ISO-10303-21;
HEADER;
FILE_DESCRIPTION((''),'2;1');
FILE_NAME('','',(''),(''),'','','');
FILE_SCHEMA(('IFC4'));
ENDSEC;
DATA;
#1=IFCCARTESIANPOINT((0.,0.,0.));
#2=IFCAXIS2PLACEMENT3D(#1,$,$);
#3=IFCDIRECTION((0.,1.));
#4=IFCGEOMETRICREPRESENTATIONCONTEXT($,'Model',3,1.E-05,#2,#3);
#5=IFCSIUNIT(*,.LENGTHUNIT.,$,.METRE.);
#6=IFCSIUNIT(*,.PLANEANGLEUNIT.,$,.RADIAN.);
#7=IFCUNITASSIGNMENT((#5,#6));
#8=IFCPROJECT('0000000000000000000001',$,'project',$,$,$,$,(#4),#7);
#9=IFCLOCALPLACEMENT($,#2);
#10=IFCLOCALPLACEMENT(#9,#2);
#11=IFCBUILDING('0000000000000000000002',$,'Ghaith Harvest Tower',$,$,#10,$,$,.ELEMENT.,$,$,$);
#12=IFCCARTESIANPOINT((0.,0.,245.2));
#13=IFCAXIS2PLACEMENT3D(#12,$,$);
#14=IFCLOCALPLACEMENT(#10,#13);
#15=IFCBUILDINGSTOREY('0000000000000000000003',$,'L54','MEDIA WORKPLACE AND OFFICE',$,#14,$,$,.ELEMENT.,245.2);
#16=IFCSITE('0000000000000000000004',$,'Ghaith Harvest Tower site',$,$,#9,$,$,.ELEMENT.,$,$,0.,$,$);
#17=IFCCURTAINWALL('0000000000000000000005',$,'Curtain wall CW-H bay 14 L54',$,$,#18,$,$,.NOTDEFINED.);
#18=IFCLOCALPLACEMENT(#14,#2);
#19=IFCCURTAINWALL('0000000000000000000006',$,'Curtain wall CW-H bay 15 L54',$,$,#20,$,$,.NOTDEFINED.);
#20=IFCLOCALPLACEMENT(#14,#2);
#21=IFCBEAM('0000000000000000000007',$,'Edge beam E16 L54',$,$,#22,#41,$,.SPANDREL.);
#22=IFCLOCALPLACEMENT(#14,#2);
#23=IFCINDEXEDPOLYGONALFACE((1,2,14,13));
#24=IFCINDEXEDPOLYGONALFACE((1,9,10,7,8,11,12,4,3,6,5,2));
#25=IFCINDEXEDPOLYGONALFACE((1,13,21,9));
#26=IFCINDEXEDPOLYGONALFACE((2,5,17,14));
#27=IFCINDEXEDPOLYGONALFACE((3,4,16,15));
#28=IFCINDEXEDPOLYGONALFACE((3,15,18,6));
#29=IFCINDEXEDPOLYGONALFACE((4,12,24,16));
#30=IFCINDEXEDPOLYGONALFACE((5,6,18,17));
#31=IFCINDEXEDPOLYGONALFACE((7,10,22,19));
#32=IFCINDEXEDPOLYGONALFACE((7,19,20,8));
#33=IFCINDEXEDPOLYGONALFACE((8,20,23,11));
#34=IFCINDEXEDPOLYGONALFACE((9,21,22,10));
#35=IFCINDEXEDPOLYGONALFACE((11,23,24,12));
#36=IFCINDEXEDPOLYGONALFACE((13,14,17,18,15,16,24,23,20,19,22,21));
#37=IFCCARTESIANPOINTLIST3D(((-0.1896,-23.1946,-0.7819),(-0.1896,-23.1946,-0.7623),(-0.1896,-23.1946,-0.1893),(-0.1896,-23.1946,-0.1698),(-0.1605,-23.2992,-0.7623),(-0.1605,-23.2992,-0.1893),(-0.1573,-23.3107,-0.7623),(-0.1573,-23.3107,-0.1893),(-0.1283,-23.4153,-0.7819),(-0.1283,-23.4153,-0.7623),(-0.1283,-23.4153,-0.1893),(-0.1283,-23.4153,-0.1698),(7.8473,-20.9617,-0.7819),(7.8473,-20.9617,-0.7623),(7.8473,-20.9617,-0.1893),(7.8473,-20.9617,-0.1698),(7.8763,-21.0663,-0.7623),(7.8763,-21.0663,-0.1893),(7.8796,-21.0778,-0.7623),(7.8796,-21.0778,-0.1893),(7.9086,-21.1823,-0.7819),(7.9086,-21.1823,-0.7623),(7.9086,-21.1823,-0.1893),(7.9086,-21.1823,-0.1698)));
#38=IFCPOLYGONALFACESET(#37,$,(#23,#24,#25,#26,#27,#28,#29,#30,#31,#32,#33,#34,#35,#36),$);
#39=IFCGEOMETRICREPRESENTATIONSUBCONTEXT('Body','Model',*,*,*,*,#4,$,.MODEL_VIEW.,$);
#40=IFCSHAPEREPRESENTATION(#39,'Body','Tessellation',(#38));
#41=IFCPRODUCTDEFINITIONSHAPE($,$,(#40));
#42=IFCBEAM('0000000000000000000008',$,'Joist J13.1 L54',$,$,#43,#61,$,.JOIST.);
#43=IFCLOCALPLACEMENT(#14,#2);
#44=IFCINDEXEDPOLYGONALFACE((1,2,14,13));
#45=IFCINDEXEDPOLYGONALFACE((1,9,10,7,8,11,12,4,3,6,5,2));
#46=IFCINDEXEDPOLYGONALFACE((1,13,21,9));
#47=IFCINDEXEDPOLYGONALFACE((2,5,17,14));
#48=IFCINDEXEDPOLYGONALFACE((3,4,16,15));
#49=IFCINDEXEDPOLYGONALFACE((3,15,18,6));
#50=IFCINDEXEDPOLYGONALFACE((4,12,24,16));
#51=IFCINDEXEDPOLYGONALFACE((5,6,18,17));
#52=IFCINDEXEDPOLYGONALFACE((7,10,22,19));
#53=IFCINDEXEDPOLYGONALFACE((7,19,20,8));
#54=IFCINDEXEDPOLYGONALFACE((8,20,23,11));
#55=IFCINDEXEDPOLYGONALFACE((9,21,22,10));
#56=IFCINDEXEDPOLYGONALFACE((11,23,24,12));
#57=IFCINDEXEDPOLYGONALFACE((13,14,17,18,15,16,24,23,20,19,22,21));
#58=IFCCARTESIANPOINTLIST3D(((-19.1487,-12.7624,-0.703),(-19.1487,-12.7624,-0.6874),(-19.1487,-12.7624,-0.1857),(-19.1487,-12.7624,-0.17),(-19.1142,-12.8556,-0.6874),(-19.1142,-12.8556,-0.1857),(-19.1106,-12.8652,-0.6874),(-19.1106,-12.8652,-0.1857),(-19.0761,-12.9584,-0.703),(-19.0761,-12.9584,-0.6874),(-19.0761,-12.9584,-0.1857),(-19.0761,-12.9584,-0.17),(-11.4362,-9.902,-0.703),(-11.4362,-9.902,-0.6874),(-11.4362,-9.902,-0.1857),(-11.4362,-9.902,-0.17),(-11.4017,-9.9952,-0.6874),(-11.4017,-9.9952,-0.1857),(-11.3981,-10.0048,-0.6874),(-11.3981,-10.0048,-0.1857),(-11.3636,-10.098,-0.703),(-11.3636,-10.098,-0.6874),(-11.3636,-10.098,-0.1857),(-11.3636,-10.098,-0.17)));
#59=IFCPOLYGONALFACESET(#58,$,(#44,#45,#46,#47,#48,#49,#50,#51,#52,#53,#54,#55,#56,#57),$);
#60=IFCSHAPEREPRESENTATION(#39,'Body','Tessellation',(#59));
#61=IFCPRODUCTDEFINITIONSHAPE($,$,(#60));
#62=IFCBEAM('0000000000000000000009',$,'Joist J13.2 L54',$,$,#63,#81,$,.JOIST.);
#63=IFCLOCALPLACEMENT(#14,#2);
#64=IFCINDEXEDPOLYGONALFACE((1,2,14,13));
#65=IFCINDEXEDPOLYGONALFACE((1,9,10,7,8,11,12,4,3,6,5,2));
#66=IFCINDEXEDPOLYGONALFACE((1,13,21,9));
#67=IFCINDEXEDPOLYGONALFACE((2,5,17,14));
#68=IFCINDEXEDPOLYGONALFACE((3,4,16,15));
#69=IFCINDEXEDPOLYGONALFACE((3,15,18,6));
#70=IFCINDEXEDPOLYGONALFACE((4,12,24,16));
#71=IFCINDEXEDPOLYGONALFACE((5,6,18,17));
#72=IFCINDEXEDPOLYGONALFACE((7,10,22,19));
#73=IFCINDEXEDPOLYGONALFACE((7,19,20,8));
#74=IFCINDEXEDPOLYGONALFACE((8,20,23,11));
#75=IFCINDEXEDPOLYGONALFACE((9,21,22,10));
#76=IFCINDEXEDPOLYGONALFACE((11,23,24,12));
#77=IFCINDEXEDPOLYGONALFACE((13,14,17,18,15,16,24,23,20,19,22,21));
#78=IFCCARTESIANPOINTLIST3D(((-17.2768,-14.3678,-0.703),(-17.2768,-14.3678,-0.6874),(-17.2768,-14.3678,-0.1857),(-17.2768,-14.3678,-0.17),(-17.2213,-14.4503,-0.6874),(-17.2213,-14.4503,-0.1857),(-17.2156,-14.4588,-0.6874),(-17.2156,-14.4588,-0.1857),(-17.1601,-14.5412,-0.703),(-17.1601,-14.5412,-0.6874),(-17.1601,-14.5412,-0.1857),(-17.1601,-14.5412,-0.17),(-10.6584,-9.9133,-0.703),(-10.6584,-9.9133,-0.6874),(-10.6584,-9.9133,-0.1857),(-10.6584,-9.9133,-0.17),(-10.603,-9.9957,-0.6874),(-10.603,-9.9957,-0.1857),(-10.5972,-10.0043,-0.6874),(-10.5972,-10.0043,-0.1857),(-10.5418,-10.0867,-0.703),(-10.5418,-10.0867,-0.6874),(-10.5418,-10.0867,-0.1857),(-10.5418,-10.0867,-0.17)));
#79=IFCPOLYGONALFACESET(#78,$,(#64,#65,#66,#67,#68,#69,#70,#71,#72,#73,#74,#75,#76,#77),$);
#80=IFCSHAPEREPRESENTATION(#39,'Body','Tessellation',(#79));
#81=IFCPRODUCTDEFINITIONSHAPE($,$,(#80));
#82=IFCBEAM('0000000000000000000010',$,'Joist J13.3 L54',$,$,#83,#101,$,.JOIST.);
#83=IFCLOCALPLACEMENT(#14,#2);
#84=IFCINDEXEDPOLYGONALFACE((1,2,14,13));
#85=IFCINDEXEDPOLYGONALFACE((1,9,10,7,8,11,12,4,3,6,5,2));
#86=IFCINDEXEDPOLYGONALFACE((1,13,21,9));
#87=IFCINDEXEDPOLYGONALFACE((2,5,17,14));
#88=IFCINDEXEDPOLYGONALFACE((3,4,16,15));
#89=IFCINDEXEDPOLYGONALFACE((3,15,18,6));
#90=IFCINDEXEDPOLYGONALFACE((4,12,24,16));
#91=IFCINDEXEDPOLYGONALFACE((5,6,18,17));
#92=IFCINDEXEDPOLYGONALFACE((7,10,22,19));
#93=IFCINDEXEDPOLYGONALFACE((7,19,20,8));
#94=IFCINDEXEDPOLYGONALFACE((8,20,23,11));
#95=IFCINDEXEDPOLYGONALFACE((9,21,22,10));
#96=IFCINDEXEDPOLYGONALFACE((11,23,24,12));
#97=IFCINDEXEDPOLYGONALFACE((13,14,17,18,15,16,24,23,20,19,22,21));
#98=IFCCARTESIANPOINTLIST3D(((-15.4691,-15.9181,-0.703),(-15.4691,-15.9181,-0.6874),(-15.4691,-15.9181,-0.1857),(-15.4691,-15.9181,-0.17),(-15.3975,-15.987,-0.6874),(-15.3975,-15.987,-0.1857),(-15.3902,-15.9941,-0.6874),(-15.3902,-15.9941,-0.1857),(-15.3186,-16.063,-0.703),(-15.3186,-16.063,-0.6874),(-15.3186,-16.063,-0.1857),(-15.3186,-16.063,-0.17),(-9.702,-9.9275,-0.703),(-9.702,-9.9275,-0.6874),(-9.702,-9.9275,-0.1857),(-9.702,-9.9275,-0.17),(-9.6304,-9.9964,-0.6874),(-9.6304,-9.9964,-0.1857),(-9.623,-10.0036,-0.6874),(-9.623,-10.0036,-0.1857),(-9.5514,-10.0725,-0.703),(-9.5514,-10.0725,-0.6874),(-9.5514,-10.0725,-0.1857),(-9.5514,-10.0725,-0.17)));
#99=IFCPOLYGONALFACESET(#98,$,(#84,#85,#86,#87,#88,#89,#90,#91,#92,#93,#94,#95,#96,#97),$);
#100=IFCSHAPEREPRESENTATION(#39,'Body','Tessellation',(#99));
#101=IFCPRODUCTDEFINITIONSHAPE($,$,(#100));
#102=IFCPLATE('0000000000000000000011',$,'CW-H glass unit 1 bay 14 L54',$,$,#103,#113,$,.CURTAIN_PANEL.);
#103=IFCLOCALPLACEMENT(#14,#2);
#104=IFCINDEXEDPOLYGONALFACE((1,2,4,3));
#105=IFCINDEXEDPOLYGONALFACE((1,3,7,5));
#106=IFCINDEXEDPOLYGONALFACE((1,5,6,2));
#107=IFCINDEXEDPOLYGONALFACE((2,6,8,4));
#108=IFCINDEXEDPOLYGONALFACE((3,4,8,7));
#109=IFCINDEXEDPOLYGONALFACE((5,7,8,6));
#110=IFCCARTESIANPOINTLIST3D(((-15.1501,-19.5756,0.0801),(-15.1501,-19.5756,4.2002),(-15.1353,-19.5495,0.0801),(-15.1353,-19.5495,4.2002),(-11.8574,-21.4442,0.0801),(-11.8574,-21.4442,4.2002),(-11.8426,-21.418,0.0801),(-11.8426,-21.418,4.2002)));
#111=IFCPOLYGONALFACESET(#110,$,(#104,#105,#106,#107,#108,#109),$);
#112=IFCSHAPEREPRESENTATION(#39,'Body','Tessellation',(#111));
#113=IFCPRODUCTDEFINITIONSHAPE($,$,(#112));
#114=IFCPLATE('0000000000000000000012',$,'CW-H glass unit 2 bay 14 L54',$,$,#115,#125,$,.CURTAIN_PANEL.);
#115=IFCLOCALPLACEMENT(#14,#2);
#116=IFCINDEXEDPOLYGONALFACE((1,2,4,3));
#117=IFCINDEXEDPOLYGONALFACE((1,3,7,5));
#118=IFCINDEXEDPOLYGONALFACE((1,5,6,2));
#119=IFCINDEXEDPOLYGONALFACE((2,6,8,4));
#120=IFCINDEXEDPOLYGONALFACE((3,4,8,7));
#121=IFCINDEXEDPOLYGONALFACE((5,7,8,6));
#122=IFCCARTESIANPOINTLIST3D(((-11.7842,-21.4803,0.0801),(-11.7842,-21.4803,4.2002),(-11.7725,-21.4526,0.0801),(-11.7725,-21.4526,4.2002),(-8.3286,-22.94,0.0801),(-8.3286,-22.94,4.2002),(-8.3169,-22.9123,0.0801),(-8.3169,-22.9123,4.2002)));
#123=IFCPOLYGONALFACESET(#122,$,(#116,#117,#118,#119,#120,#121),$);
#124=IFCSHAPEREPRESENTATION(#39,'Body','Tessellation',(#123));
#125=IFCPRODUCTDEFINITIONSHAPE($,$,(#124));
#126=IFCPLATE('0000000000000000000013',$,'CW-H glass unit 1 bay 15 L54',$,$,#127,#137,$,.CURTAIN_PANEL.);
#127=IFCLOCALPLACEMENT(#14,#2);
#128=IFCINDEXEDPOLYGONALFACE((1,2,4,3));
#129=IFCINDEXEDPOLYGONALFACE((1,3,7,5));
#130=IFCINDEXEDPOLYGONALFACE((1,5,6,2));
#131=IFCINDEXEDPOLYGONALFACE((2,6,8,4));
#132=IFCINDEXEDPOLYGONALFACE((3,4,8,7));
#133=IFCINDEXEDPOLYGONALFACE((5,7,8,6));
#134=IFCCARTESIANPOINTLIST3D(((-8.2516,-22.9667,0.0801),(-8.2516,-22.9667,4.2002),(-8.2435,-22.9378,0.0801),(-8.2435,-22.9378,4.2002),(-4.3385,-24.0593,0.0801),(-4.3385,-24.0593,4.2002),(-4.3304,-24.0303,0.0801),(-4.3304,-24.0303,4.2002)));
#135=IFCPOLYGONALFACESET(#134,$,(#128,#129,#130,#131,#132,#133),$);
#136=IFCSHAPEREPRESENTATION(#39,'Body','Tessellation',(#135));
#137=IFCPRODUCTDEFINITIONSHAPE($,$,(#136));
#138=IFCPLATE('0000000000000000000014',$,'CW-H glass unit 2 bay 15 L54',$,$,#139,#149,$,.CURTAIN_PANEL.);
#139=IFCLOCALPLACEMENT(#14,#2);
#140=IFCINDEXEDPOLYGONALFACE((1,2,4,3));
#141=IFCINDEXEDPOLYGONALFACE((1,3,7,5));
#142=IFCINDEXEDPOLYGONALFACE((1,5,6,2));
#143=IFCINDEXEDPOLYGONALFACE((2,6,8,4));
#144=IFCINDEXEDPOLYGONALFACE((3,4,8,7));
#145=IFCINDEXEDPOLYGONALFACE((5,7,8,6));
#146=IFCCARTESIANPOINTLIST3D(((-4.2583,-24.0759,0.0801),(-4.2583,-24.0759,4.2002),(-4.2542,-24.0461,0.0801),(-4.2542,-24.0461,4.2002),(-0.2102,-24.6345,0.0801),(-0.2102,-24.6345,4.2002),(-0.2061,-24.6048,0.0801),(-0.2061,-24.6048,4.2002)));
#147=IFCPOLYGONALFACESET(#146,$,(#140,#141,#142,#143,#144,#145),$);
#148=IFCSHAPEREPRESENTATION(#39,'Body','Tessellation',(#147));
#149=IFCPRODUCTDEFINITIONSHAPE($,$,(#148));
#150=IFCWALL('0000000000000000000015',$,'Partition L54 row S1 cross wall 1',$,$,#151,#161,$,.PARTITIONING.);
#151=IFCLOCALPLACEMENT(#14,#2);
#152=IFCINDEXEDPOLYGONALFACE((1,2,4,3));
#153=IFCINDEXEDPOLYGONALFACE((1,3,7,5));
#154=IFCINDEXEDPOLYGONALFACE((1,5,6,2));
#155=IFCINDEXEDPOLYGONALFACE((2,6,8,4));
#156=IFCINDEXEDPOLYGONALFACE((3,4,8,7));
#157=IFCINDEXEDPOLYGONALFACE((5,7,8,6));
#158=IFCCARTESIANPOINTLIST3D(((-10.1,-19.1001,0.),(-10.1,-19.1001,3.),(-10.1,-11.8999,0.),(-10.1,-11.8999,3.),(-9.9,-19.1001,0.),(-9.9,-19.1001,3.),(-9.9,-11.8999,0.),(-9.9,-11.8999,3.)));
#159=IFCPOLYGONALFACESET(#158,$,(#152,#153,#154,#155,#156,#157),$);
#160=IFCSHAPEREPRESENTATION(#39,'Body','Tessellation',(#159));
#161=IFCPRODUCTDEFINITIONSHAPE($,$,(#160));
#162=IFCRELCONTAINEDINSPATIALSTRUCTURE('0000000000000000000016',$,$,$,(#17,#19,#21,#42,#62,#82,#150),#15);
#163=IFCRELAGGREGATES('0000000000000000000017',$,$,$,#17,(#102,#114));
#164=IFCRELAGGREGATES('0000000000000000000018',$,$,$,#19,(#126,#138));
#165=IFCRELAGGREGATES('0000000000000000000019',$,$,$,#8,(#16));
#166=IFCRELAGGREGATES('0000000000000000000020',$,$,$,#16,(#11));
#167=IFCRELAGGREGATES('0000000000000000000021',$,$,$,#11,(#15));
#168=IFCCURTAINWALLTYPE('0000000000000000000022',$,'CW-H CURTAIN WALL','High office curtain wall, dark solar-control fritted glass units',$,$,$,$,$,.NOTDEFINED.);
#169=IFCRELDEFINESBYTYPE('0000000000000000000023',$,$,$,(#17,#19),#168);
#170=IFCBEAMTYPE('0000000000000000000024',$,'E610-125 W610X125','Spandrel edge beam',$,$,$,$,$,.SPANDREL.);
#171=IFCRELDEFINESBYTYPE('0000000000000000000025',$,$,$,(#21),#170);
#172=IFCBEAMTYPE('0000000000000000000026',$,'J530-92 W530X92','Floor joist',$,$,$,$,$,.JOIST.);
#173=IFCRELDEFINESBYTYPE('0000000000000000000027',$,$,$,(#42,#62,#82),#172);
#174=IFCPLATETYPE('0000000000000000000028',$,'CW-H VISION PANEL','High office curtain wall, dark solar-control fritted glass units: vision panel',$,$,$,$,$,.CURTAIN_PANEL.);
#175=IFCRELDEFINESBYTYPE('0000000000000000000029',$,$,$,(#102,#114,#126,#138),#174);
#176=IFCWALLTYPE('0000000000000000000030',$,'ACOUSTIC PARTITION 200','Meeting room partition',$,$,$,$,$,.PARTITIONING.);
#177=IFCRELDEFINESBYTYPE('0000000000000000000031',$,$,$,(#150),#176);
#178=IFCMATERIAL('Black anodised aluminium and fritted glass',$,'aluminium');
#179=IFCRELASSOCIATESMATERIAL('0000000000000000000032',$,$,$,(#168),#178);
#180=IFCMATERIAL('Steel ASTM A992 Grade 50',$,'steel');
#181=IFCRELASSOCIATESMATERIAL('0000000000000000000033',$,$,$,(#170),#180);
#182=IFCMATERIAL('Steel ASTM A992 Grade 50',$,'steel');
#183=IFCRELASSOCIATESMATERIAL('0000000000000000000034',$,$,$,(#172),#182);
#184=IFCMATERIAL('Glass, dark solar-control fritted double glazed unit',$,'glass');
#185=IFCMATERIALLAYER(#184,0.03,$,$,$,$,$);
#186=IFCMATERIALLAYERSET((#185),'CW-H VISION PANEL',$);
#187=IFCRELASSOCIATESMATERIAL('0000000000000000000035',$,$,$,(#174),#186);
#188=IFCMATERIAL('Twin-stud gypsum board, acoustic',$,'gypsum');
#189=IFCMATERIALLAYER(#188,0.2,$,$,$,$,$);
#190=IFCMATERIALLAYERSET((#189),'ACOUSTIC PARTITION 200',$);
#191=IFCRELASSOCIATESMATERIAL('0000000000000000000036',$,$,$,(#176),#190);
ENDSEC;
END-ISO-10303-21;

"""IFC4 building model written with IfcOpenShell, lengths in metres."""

from ifc_helpers import new_model, si_unit, direction, frame, frame_2d, origin, origin_2d, place, context, subcontext, project, spatial, rectangle, i_section, extrude, material, layer, layer_set, material_profile, profile_set, type_object, element, aggregate, save


model = new_model("IFC4")

# Units and contexts
model_context = context("Model", 3, precision=1e-05, world=origin(), true_north=direction((0.0, 1.0)))
body_context = subcontext(model_context, "Body", "Model", "MODEL_VIEW")
ifc_project = project(units=[si_unit("LENGTHUNIT", "METRE"), si_unit("PLANEANGLEUNIT", "RADIAN")], contexts=[model_context])

# Site, building, storey
site_placement = place(None, origin())
site = spatial("IfcSite", under=ifc_project, at=site_placement, Name="Ghaith Harvest Tower site", CompositionType="ELEMENT", RefElevation=0.0)
building_placement = place(site_placement, origin())
building = spatial("IfcBuilding", under=site, at=building_placement, Name="Ghaith Harvest Tower", CompositionType="ELEMENT")
storey_placement = place(building_placement, frame((0.0, 0.0, 245.2)))
storey = spatial("IfcBuildingStorey", under=building, at=storey_placement, Name="L54", Description="MEDIA WORKPLACE AND OFFICE", CompositionType="ELEMENT", Elevation=245.2)

# Curtain wall
ifc_material_1 = material(Name="Black anodised aluminium and fritted glass", Category="aluminium")
curtain_wall_type = type_object("IfcCurtainWallType", Name="CW-H CURTAIN WALL", Description="High office curtain wall, dark solar-control fritted glass units", PredefinedType="NOTDEFINED", material=ifc_material_1)
curtain_wall_1_placement = place(storey_placement, origin())
curtain_wall_1 = element("IfcCurtainWall", 1, at=curtain_wall_1_placement, inside=storey, type_object=curtain_wall_type, Name="Curtain wall CW-H bay 14 L54", PredefinedType="NOTDEFINED")

# Curtain wall
curtain_wall_2_placement = place(storey_placement, origin())
curtain_wall_2 = element("IfcCurtainWall", 2, at=curtain_wall_2_placement, inside=storey, type_object=curtain_wall_type, Name="Curtain wall CW-H bay 15 L54", PredefinedType="NOTDEFINED")

# Beams
ifc_material_2 = material(Name="Steel ASTM A992 Grade 50", Category="steel")
ifc_material_profile_1 = material_profile(ifc_material_2, i_section(OverallWidth=0.229, OverallDepth=0.6121, WebThickness=0.012, FlangeThickness=0.0195, at=origin_2d()), Name="W610X125")
ifc_profile_set_1 = profile_set([ifc_material_profile_1], Name="Steel ASTM A992 Grade 50")
beam_type_1 = type_object("IfcBeamType", Name="E610-125 W610X125", Description="Spandrel edge beam", PredefinedType="SPANDREL", material=ifc_profile_set_1)
beam_1_placement = place(storey_placement, frame((-0.1589, -23.3049, -0.4758), z_axis=(0.963504, 0.267694, 0.0), x_axis=(-0.267694, 0.963504, 0.0)))
element("IfcBeam", 3, at=beam_1_placement, inside=storey, type_object=beam_type_1, Name="Edge beam E16 L54", PredefinedType="SPANDREL", context=body_context, shape_type="SweptSolid", body=[
    extrude(i_section(OverallWidth=0.229, OverallDepth=0.6121, WebThickness=0.012, FlangeThickness=0.0195, at=origin_2d()), origin(), (0.0, 0.0, 1.0), 8.3413),
])
ifc_material_3 = material(Name="Steel ASTM A992 Grade 50", Category="steel")
ifc_material_profile_2 = material_profile(ifc_material_3, i_section(OverallWidth=0.209, OverallDepth=0.533, WebThickness=0.0103, FlangeThickness=0.0156, at=origin_2d()), Name="W530X92")
ifc_profile_set_2 = profile_set([ifc_material_profile_2], Name="Steel ASTM A992 Grade 50")
beam_type_2 = type_object("IfcBeamType", Name="J530-92 W530X92", Description="Floor joist", PredefinedType="JOIST", material=ifc_profile_set_2)
beam_2_placement = place(storey_placement, frame((-11.3999, -10.0, -0.4365), z_axis=(-0.937594, -0.347732, 0.0), x_axis=(0.347732, -0.937594, 0.0)))
element("IfcBeam", 4, at=beam_2_placement, inside=storey, type_object=beam_type_2, Name="Joist J13.1 L54", PredefinedType="JOIST", context=body_context, shape_type="SweptSolid", body=[
    extrude(i_section(OverallWidth=0.209, OverallDepth=0.533, WebThickness=0.0103, FlangeThickness=0.0156, at=origin_2d()), origin(), (0.0, 0.0, 1.0), 8.2258),
])
beam_3_placement = place(storey_placement, frame((-10.6001, -10.0, -0.4365), z_axis=(-0.829594, -0.558367, 0.0), x_axis=(0.558367, -0.829594, 0.0)))
element("IfcBeam", 5, at=beam_3_placement, inside=storey, type_object=beam_type_2, Name="Joist J13.2 L54", PredefinedType="JOIST", context=body_context, shape_type="SweptSolid", body=[
    extrude(i_section(OverallWidth=0.209, OverallDepth=0.533, WebThickness=0.0103, FlangeThickness=0.0156, at=origin_2d()), origin(), (0.0, 0.0, 1.0), 7.9778),
])
beam_4_placement = place(storey_placement, frame((-9.6267, -10.0, -0.4365), z_axis=(-0.693547, -0.720411, 0.0), x_axis=(0.720411, -0.693547, 0.0)))
element("IfcBeam", 6, at=beam_4_placement, inside=storey, type_object=beam_type_2, Name="Joist J13.3 L54", PredefinedType="JOIST", context=body_context, shape_type="SweptSolid", body=[
    extrude(i_section(OverallWidth=0.209, OverallDepth=0.533, WebThickness=0.0103, FlangeThickness=0.0156, at=origin_2d()), origin(), (0.0, 0.0, 1.0), 8.3154),
])

# Plates
ifc_material_4 = material(Name="Glass, dark solar-control fritted double glazed unit", Category="glass")
ifc_layer_1 = layer(ifc_material_4, 0.03)
ifc_layer_set_1 = layer_set([ifc_layer_1], Name="CW-H VISION PANEL")
plate_type = type_object("IfcPlateType", Name="CW-H VISION PANEL", Description="High office curtain wall, dark solar-control fritted glass units: vision panel", PredefinedType="CURTAIN_PANEL", material=ifc_layer_set_1)
plate_1_placement = place(storey_placement, frame((-13.4963, -20.4968, 0.0801), z_axis=(0.0, 0.0, 1.0), x_axis=(0.869715, -0.493554, 0.0)))
plate_1 = element("IfcPlate", 7, at=plate_1_placement, type_object=plate_type, Name="CW-H glass unit 1 bay 14 L54", PredefinedType="CURTAIN_PANEL", context=body_context, shape_type="SweptSolid", body=[
    extrude(rectangle(XDim=3.7859, YDim=0.03, at=origin_2d()), origin(), (0.0, 0.0, 1.0), 4.1201),
])
plate_2_placement = place(storey_placement, frame((-10.0505, -22.1963, 0.0801), z_axis=(0.0, 0.0, 1.0), x_axis=(0.921182, -0.389133, 0.0)))
plate_2 = element("IfcPlate", 8, at=plate_2_placement, type_object=plate_type, Name="CW-H glass unit 2 bay 14 L54", PredefinedType="CURTAIN_PANEL", context=body_context, shape_type="SweptSolid", body=[
    extrude(rectangle(XDim=3.7512, YDim=0.03, at=origin_2d()), origin(), (0.0, 0.0, 1.0), 4.1201),
])
aggregate(curtain_wall_1, [plate_1, plate_2])
plate_3_placement = place(storey_placement, frame((-6.291, -23.4985, 0.0801), z_axis=(0.0, 0.0, 1.0), x_axis=(0.963163, -0.268919, 0.0)))
plate_3 = element("IfcPlate", 9, at=plate_3_placement, type_object=plate_type, Name="CW-H glass unit 1 bay 15 L54", PredefinedType="CURTAIN_PANEL", context=body_context, shape_type="SweptSolid", body=[
    extrude(rectangle(XDim=4.0627, YDim=0.03, at=origin_2d()), origin(), (0.0, 0.0, 1.0), 4.1201),
])
plate_4_placement = place(storey_placement, frame((-2.2322, -24.3403, 0.0801), z_axis=(0.0, 0.0, 1.0), x_axis=(0.990612, -0.136702, 0.0)))
plate_4 = element("IfcPlate", 10, at=plate_4_placement, type_object=plate_type, Name="CW-H glass unit 2 bay 15 L54", PredefinedType="CURTAIN_PANEL", context=body_context, shape_type="SweptSolid", body=[
    extrude(rectangle(XDim=4.0864, YDim=0.03, at=origin_2d()), origin(), (0.0, 0.0, 1.0), 4.1201),
])
aggregate(curtain_wall_2, [plate_3, plate_4])

# Wall
ifc_material_5 = material(Name="Twin-stud gypsum board, acoustic", Category="gypsum")
ifc_layer_2 = layer(ifc_material_5, 0.2)
ifc_layer_set_2 = layer_set([ifc_layer_2], Name="ACOUSTIC PARTITION 200")
wall_type = type_object("IfcWallType", Name="ACOUSTIC PARTITION 200", Description="Meeting room partition", PredefinedType="PARTITIONING", material=ifc_layer_set_2)
wall_1_placement = place(storey_placement, frame((-10.0, -11.8999, 0.0), z_axis=(0.0, 0.0, 1.0), x_axis=(0.0, -1.0, 0.0)))
element("IfcWall", 11, at=wall_1_placement, inside=storey, type_object=wall_type, Name="Partition L54 row S1 cross wall 1", PredefinedType="PARTITIONING", context=body_context, shape_type="SweptSolid", body=[
    extrude(rectangle(XDim=7.2002, YDim=0.2, at=frame_2d((3.6001, 0.0))), origin(), (0.0, 0.0, 1.0), 3.0),
])

save(model, "model.ifc")
